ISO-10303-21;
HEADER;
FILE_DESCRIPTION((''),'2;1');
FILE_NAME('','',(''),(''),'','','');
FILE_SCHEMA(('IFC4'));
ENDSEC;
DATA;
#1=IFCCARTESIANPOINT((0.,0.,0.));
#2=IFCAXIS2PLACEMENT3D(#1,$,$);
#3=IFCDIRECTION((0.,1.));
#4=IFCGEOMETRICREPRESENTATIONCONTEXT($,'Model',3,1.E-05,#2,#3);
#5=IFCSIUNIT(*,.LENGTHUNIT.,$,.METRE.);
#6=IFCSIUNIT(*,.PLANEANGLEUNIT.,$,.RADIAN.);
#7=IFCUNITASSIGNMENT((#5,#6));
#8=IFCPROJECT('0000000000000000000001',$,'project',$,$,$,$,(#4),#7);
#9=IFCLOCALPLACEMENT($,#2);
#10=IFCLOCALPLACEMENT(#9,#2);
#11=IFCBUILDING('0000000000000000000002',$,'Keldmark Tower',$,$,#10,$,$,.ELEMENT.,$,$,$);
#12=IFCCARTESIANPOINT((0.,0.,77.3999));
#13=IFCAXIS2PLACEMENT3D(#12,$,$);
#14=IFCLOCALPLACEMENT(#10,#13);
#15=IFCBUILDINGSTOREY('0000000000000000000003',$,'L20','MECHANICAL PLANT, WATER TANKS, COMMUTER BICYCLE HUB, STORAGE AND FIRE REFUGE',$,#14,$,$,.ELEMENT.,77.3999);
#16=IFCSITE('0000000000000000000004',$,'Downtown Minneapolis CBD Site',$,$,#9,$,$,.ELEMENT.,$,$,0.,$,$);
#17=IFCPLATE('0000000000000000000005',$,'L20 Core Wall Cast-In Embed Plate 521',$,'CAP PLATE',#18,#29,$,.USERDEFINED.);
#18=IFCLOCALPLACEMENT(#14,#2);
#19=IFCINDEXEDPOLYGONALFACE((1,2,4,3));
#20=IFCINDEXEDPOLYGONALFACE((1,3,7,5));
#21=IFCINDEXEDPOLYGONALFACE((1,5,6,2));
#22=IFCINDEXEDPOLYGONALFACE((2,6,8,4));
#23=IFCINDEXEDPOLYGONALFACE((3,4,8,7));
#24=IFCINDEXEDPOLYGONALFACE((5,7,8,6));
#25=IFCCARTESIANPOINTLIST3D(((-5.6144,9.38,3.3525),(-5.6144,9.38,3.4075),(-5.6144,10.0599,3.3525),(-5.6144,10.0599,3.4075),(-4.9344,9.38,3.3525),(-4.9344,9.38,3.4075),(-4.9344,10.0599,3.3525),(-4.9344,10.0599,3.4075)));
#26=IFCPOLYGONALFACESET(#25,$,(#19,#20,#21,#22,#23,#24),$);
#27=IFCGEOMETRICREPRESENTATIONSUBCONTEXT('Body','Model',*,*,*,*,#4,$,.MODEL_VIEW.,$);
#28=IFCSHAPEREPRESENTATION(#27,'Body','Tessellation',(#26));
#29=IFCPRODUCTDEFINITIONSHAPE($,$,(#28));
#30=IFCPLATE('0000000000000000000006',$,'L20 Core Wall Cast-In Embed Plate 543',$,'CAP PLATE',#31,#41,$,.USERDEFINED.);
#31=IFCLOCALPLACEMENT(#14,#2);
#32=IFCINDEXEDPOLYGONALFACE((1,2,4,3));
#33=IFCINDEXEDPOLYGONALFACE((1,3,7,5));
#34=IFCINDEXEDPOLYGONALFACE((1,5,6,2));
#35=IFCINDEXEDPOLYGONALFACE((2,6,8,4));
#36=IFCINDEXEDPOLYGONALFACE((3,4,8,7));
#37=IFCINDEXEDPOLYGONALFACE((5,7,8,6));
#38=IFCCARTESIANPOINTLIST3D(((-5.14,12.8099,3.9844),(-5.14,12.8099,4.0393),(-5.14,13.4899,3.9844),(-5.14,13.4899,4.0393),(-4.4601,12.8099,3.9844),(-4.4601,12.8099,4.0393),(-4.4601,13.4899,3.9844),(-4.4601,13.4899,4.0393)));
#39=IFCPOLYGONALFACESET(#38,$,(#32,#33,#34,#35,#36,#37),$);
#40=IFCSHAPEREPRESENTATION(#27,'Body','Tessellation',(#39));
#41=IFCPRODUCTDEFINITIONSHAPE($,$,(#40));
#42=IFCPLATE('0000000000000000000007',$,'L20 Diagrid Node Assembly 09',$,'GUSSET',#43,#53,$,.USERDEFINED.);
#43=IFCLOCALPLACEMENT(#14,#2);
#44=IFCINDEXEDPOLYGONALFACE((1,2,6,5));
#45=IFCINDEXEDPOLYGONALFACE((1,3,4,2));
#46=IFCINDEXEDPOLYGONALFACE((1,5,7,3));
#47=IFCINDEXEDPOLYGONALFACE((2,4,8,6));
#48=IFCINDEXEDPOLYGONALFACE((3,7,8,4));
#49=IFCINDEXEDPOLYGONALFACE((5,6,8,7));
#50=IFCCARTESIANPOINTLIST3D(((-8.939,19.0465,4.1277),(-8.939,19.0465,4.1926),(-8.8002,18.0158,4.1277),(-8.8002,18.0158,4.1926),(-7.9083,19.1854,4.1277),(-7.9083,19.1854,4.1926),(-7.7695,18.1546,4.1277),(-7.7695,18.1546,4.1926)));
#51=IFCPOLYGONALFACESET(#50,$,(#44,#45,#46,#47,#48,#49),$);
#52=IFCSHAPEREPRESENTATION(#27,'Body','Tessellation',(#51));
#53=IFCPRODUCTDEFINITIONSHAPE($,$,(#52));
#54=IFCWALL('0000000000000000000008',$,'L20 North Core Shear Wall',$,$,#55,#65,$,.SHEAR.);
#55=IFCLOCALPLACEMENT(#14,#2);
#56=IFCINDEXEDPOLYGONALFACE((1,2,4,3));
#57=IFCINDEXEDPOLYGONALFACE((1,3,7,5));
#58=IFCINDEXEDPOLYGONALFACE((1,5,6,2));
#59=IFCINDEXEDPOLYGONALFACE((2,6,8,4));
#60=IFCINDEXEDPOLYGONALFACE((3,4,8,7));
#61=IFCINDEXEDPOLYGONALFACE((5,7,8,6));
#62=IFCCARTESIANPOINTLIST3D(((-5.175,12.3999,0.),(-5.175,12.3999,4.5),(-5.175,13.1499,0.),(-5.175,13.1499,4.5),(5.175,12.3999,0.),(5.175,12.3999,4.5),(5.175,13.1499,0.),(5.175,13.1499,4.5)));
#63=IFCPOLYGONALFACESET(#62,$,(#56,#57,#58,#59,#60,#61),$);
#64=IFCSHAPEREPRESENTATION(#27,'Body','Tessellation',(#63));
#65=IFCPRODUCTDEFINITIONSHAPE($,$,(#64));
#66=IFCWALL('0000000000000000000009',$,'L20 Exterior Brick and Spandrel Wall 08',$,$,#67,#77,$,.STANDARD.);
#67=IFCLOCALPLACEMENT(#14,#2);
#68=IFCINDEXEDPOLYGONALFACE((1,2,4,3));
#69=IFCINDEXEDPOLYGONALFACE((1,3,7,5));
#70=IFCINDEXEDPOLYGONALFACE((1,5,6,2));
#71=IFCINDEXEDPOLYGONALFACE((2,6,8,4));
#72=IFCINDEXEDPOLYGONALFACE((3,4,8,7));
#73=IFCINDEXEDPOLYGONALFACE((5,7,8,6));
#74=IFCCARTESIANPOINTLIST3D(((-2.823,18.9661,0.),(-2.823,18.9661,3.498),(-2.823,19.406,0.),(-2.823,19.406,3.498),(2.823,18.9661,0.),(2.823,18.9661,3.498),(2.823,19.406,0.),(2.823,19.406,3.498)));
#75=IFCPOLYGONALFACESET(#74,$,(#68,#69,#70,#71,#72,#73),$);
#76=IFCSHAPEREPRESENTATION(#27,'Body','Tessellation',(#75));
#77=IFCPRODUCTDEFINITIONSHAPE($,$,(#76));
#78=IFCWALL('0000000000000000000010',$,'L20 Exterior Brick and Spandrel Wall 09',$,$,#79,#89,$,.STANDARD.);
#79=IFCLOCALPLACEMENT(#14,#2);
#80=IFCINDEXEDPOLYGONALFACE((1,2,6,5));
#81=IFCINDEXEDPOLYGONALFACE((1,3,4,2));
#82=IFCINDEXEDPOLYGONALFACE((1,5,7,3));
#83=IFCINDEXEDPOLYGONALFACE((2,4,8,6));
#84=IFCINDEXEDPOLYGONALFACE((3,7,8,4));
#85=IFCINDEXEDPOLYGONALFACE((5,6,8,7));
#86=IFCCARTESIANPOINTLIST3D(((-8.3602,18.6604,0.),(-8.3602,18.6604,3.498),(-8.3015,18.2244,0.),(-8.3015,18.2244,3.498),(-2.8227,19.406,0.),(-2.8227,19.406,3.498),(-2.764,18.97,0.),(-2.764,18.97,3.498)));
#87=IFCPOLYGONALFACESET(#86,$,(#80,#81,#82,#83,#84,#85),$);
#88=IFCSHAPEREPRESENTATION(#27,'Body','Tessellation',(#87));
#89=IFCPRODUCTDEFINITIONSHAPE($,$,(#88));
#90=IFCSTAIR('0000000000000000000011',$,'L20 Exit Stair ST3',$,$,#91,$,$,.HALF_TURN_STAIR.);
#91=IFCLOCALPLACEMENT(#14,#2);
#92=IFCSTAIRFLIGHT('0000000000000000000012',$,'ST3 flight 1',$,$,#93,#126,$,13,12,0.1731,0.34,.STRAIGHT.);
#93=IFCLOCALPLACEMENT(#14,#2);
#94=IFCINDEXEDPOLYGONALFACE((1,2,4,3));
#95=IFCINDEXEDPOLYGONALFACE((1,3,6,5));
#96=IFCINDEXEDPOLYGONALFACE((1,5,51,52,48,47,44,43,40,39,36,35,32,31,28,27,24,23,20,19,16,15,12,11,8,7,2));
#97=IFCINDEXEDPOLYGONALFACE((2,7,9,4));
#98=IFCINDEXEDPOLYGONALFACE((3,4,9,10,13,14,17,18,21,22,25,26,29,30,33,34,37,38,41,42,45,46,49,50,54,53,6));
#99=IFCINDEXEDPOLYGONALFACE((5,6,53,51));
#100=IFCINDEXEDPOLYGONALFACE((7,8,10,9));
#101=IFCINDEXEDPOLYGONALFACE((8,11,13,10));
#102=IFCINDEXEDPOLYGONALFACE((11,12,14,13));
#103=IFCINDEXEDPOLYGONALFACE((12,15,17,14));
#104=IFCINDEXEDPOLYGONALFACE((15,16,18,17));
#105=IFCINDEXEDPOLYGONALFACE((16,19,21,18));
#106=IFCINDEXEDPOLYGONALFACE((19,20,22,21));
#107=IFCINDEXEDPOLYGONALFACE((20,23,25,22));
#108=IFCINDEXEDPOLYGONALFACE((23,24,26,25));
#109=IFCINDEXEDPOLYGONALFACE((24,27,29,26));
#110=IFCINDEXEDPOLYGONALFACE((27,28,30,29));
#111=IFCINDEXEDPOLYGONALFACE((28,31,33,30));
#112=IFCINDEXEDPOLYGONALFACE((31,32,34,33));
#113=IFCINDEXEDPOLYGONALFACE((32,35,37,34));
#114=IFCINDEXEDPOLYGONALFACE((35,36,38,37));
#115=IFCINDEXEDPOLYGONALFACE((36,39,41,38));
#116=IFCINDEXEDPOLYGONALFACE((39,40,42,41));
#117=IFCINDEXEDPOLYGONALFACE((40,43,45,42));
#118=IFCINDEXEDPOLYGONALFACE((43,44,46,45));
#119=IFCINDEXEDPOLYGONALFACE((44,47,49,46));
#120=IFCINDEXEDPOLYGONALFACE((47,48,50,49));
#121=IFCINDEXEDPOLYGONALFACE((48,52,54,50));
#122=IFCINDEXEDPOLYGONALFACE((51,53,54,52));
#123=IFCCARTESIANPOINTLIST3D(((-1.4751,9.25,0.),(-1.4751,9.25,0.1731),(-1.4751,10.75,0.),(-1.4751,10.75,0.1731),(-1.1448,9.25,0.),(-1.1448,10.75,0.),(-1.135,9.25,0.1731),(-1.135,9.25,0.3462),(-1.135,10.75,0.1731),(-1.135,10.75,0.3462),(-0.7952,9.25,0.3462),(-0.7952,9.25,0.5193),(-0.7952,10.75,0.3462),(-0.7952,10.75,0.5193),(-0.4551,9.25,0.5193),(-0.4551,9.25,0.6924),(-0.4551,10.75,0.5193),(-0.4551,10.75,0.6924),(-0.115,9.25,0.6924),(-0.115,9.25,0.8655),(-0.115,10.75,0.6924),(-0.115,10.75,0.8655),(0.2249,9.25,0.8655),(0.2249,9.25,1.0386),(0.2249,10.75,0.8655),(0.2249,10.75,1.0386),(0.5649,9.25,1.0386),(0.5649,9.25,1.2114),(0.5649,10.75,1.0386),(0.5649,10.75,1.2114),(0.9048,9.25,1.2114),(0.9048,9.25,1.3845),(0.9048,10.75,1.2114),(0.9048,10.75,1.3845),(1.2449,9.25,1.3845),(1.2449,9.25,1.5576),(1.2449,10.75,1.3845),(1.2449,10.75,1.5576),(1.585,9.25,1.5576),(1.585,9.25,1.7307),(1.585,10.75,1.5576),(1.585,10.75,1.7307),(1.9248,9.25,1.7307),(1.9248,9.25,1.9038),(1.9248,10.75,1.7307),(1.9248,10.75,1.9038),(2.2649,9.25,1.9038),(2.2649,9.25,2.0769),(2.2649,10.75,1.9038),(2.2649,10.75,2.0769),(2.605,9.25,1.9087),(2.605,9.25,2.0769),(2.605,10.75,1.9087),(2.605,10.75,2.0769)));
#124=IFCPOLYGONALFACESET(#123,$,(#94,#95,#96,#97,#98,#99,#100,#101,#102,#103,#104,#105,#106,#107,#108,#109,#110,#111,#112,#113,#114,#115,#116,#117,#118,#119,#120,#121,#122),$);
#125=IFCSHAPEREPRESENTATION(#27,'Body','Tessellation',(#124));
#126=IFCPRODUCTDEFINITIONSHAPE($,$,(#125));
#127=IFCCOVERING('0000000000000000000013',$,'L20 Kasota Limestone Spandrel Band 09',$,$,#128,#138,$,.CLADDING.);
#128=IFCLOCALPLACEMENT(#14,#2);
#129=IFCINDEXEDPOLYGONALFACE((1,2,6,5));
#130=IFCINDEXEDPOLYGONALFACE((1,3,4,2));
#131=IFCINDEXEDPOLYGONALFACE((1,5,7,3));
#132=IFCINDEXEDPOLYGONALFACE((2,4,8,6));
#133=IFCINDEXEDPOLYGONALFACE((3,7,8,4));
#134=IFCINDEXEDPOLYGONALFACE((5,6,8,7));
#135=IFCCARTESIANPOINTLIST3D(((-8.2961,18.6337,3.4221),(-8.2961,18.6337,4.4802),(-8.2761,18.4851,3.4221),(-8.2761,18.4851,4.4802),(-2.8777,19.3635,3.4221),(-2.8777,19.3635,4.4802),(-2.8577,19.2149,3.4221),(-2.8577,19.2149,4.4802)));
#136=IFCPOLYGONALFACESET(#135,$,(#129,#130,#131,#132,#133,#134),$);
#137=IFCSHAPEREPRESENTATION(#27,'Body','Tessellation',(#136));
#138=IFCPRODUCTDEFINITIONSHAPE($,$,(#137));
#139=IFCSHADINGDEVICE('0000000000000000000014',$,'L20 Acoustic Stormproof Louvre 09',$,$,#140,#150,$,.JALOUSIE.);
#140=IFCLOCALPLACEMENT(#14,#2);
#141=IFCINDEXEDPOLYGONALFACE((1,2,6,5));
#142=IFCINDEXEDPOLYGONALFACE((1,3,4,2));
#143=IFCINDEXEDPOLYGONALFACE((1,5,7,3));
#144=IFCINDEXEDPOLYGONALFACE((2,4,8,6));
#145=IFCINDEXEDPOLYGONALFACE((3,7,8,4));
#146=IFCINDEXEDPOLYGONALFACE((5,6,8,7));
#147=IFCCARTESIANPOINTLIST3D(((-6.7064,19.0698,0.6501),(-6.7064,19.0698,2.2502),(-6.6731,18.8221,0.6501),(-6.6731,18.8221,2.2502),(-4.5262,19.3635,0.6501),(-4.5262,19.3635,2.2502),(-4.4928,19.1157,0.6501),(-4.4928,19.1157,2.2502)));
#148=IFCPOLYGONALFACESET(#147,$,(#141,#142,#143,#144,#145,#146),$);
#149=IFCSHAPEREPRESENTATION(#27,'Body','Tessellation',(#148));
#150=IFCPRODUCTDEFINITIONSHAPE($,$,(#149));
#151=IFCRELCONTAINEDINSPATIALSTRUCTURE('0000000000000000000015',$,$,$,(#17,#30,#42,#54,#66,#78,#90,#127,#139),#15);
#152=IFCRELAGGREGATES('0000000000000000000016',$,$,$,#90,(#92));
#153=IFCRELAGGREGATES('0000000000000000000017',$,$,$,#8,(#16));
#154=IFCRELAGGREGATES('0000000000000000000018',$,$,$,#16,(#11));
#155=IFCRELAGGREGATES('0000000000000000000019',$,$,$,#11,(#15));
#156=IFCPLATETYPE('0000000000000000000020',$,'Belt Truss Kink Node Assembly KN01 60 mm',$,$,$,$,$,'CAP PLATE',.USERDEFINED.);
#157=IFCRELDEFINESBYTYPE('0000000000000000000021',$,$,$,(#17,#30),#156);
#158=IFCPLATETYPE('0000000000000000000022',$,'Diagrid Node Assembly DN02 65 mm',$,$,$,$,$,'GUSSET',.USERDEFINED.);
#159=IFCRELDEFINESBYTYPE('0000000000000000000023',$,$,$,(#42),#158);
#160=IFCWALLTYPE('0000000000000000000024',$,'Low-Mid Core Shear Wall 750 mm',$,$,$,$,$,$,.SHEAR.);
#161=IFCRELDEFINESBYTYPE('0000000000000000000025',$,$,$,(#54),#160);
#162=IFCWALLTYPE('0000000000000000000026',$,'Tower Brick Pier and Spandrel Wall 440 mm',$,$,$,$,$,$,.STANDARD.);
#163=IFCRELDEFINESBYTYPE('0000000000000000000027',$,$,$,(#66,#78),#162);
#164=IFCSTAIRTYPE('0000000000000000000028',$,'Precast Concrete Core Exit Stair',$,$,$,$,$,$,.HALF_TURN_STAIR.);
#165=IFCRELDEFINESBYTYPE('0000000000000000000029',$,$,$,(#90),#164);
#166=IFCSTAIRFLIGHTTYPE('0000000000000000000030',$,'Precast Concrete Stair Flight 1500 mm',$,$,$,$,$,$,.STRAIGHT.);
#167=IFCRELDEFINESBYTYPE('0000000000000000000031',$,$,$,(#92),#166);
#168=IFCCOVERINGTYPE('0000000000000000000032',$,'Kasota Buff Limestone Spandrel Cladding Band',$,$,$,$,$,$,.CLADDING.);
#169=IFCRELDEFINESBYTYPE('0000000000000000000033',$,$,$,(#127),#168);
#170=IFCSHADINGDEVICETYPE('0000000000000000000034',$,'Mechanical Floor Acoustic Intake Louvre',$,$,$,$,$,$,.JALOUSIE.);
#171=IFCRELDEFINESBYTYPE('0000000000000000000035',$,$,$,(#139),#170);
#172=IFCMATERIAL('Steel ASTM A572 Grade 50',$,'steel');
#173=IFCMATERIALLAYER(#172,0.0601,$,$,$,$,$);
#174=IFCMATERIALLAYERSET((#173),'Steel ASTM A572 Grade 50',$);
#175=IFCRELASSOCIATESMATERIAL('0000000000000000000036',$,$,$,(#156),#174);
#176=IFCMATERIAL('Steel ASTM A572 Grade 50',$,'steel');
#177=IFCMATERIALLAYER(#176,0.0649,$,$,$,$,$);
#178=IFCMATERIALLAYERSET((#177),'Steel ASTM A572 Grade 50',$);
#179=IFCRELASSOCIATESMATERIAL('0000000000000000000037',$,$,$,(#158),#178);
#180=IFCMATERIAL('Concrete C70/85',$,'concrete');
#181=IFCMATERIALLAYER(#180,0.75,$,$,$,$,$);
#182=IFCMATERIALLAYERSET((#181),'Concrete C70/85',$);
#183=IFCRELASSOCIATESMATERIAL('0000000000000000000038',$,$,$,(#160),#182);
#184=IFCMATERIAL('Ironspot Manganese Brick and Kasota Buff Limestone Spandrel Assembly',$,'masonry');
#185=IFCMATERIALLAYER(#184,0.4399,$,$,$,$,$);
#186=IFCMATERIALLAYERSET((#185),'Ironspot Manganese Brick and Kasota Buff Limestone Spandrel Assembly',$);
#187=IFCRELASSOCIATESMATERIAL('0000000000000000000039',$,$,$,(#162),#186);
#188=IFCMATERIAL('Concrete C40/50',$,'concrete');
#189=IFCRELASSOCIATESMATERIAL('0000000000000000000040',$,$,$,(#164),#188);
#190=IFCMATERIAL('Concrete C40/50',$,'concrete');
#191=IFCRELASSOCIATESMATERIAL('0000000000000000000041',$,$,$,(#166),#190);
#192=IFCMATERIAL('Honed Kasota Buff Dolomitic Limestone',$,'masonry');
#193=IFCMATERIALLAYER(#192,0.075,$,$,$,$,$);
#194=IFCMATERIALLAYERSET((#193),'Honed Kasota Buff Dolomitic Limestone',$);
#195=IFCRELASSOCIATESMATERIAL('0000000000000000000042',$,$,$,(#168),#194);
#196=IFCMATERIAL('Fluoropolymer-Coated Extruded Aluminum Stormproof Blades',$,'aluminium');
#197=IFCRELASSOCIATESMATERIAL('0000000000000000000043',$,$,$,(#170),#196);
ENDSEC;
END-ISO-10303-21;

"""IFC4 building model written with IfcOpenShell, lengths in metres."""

from ifc_helpers import new_model, si_unit, direction, frame, frame_2d, origin, origin_2d, place, context, subcontext, project, spatial, polyline, rectangle, outline, extrude, material, layer, layer_set, type_object, element, aggregate, save


model = new_model("IFC4")

# Units and contexts
model_context = context("Model", 3, precision=1e-05, world=origin(), true_north=direction((0.0, 1.0)))
body_context = subcontext(model_context, "Body", "Model", "MODEL_VIEW")
ifc_project = project(units=[si_unit("LENGTHUNIT", "METRE"), si_unit("PLANEANGLEUNIT", "RADIAN")], contexts=[model_context])

# Site, building, storey
site_placement = place(None, origin())
site = spatial("IfcSite", under=ifc_project, at=site_placement, Name="Downtown Minneapolis CBD Site", CompositionType="ELEMENT", RefElevation=0.0)
building_placement = place(site_placement, origin())
building = spatial("IfcBuilding", under=site, at=building_placement, Name="Keldmark Tower", CompositionType="ELEMENT")
storey_placement = place(building_placement, frame((0.0, 0.0, 77.3999)))
storey = spatial("IfcBuildingStorey", under=building, at=storey_placement, Name="L20", Description="MECHANICAL PLANT, WATER TANKS, COMMUTER BICYCLE HUB, STORAGE AND FIRE REFUGE", CompositionType="ELEMENT", Elevation=77.3999)

# Plates
ifc_material_1 = material(Name="Steel ASTM A572 Grade 50", Category="steel")
ifc_layer_1 = layer(ifc_material_1, 0.0601)
ifc_layer_set_1 = layer_set([ifc_layer_1], Name="Steel ASTM A572 Grade 50")
plate_type_1 = type_object("IfcPlateType", Name="Belt Truss Kink Node Assembly KN01 60 mm", ElementType="CAP PLATE", PredefinedType="USERDEFINED", material=ifc_layer_set_1)
for number, where, z_axis, x_axis, name in (
    (1, (-5.2744, 9.72, 3.3525), (0.0, 0.0, 1.0), (1.0, 0.0, 0.0), "L20 Core Wall Cast-In Embed Plate 521"),
    (2, (-4.8, 13.1499, 3.9844), (0.0, 0.0, 1.0), (1.0, 0.0, 0.0), "L20 Core Wall Cast-In Embed Plate 543"),
):
    element("IfcPlate", number, at=place(storey_placement, frame(where, z_axis=z_axis, x_axis=x_axis)), inside=storey, type_object=plate_type_1, Name=name, ObjectType="CAP PLATE", PredefinedType="USERDEFINED", context=body_context, shape_type="SweptSolid", body=[
        extrude(rectangle(XDim=0.6799, YDim=0.6799, at=origin_2d()), origin(), (0.0, 0.0, 1.0), 0.0549),
    ])
ifc_material_2 = material(Name="Steel ASTM A572 Grade 50", Category="steel")
ifc_layer_2 = layer(ifc_material_2, 0.0649)
ifc_layer_set_2 = layer_set([ifc_layer_2], Name="Steel ASTM A572 Grade 50")
plate_type_2 = type_object("IfcPlateType", Name="Diagrid Node Assembly DN02 65 mm", ElementType="GUSSET", PredefinedType="USERDEFINED", material=ifc_layer_set_2)
plate_placement = place(storey_placement, frame((-8.3542, 18.6006, 4.1277), z_axis=(0.0, 0.0, 1.0), x_axis=(-0.991053, -0.133467, 0.0)))
element("IfcPlate", 3, at=plate_placement, inside=storey, type_object=plate_type_2, Name="L20 Diagrid Node Assembly 09", ObjectType="GUSSET", PredefinedType="USERDEFINED", context=body_context, shape_type="SweptSolid", body=[
    extrude(rectangle(XDim=1.04, YDim=1.04, at=origin_2d()), origin(), (0.0, 0.0, 1.0), 0.0649),
])

# Walls
ifc_material_3 = material(Name="Concrete C70/85", Category="concrete")
ifc_layer_3 = layer(ifc_material_3, 0.75)
ifc_layer_set_3 = layer_set([ifc_layer_3], Name="Concrete C70/85")
wall_type_1 = type_object("IfcWallType", Name="Low-Mid Core Shear Wall 750 mm", PredefinedType="SHEAR", material=ifc_layer_set_3)
wall_1_placement = place(storey_placement, frame((-5.175, 12.7749, 0.0), z_axis=(0.0, 0.0, 1.0), x_axis=(1.0, 0.0, 0.0)))
element("IfcWall", 4, at=wall_1_placement, inside=storey, type_object=wall_type_1, Name="L20 North Core Shear Wall", PredefinedType="SHEAR", context=body_context, shape_type="SweptSolid", body=[
    extrude(rectangle(XDim=10.3501, YDim=0.75, at=frame_2d((5.175, 0.0))), origin(), (0.0, 0.0, 1.0), 4.5),
])
ifc_material_4 = material(Name="Ironspot Manganese Brick and Kasota Buff Limestone Spandrel Assembly", Category="masonry")
ifc_layer_4 = layer(ifc_material_4, 0.4399)
ifc_layer_set_4 = layer_set([ifc_layer_4], Name="Ironspot Manganese Brick and Kasota Buff Limestone Spandrel Assembly")
wall_type_2 = type_object("IfcWallType", Name="Tower Brick Pier and Spandrel Wall 440 mm", PredefinedType="STANDARD", material=ifc_layer_set_4)
wall_2_placement = place(storey_placement, frame((-2.823, 19.186, 0.0), z_axis=(0.0, 0.0, 1.0), x_axis=(1.0, 0.0, 0.0)))
element("IfcWall", 5, at=wall_2_placement, inside=storey, type_object=wall_type_2, Name="L20 Exterior Brick and Spandrel Wall 08", PredefinedType="STANDARD", context=body_context, shape_type="SweptSolid", body=[
    extrude(rectangle(XDim=5.646, YDim=0.4399, at=frame_2d((2.823, 0.0))), origin(), (0.0, 0.0, 1.0), 3.498),
])
wall_3_placement = place(storey_placement, frame((-8.3308, 18.4424, 0.0), z_axis=(0.0, 0.0, 1.0), x_axis=(0.991056, 0.133446, 0.0)))
element("IfcWall", 6, at=wall_3_placement, inside=storey, type_object=wall_type_2, Name="L20 Exterior Brick and Spandrel Wall 09", PredefinedType="STANDARD", context=body_context, shape_type="SweptSolid", body=[
    extrude(rectangle(XDim=5.5874, YDim=0.4399, at=frame_2d((2.7937, 0.0))), origin(), (0.0, 0.0, 1.0), 3.498),
])

# Stair, stair flight
ifc_material_5 = material(Name="Concrete C40/50", Category="concrete")
stair_type = type_object("IfcStairType", Name="Precast Concrete Core Exit Stair", PredefinedType="HALF_TURN_STAIR", material=ifc_material_5)
stair_placement = place(storey_placement, origin())
stair = element("IfcStair", 7, at=stair_placement, inside=storey, type_object=stair_type, Name="L20 Exit Stair ST3", PredefinedType="HALF_TURN_STAIR")
ifc_material_6 = material(Name="Concrete C40/50", Category="concrete")
stair_flight_type = type_object("IfcStairFlightType", Name="Precast Concrete Stair Flight 1500 mm", PredefinedType="STRAIGHT", material=ifc_material_6)
stair_flight_placement = place(storey_placement, frame((-1.4751, 10.0, 0.0), z_axis=(0.0, 0.0, 1.0), x_axis=(1.0, 0.0, 0.0)))
stair_flight = element("IfcStairFlight", 8, at=stair_flight_placement, type_object=stair_flight_type, Name="ST3 flight 1", NumberOfRisers=13, NumberOfTreads=12, PredefinedType="STRAIGHT", RiserHeight=0.1731, TreadLength=0.34, context=body_context, shape_type="SweptSolid", body=[
    extrude(outline(polyline([(0.0, 0.0), (0.0, 0.1731), (0.3401, 0.1731), (0.3401, 0.3462), (0.6799, 0.3462), (0.6799, 0.5193), (1.02, 0.5193), (1.02, 0.6924), (1.3601, 0.6924), (1.3601, 0.8655), (1.7, 0.8655), (1.7, 1.0386), (2.04, 1.0386), (2.04, 1.2114), (2.3799, 1.2114), (2.3799, 1.3845), (2.72, 1.3845), (2.72, 1.5576), (3.0601, 1.5576), (3.0601, 1.7307), (3.3999, 1.7307), (3.3999, 1.9038), (3.74, 1.9038), (3.74, 2.0769), (4.0801, 2.0769), (4.0801, 2.25), (4.0801, 1.9087), (0.3303, 0.0), (0.0, 0.0)])), frame((0.0, 0.75, 0.0), z_axis=(0.0, -1.0, 0.0), x_axis=(1.0, 0.0, 0.0)), (0.0, 0.0, 1.0), 1.5),
])
aggregate(stair, [stair_flight])

# Covering
ifc_material_7 = material(Name="Honed Kasota Buff Dolomitic Limestone", Category="masonry")
ifc_layer_5 = layer(ifc_material_7, 0.075)
ifc_layer_set_5 = layer_set([ifc_layer_5], Name="Honed Kasota Buff Dolomitic Limestone")
covering_type = type_object("IfcCoveringType", Name="Kasota Buff Limestone Spandrel Cladding Band", PredefinedType="CLADDING", material=ifc_layer_set_5)
covering_placement = place(storey_placement, frame((-5.5769, 18.9243, 3.4221), z_axis=(0.0, 0.0, 1.0), x_axis=(-0.991051, -0.133485, 0.0)))
element("IfcCovering", 9, at=covering_placement, inside=storey, type_object=covering_type, Name="L20 Kasota Limestone Spandrel Band 09", PredefinedType="CLADDING", context=body_context, shape_type="SweptSolid", body=[
    extrude(rectangle(XDim=5.4673, YDim=0.1499, at=origin_2d()), origin(), (0.0, 0.0, 1.0), 1.0581),
])

# Shading device
ifc_material_8 = material(Name="Fluoropolymer-Coated Extruded Aluminum Stormproof Blades", Category="aluminium")
shading_device_type = type_object("IfcShadingDeviceType", Name="Mechanical Floor Acoustic Intake Louvre", PredefinedType="JALOUSIE", material=ifc_material_8)
shading_device_placement = place(storey_placement, frame((-5.5996, 19.0928, 0.6501), z_axis=(0.0, 0.0, 1.0), x_axis=(-0.991051, -0.133485, 0.0)))
element("IfcShadingDevice", 10, at=shading_device_placement, inside=storey, type_object=shading_device_type, Name="L20 Acoustic Stormproof Louvre 09", PredefinedType="JALOUSIE", context=body_context, shape_type="SweptSolid", body=[
    extrude(rectangle(XDim=2.2, YDim=0.25, at=origin_2d()), origin(), (0.0, 0.0, 1.0), 1.6001),
])

save(model, "model.ifc")
